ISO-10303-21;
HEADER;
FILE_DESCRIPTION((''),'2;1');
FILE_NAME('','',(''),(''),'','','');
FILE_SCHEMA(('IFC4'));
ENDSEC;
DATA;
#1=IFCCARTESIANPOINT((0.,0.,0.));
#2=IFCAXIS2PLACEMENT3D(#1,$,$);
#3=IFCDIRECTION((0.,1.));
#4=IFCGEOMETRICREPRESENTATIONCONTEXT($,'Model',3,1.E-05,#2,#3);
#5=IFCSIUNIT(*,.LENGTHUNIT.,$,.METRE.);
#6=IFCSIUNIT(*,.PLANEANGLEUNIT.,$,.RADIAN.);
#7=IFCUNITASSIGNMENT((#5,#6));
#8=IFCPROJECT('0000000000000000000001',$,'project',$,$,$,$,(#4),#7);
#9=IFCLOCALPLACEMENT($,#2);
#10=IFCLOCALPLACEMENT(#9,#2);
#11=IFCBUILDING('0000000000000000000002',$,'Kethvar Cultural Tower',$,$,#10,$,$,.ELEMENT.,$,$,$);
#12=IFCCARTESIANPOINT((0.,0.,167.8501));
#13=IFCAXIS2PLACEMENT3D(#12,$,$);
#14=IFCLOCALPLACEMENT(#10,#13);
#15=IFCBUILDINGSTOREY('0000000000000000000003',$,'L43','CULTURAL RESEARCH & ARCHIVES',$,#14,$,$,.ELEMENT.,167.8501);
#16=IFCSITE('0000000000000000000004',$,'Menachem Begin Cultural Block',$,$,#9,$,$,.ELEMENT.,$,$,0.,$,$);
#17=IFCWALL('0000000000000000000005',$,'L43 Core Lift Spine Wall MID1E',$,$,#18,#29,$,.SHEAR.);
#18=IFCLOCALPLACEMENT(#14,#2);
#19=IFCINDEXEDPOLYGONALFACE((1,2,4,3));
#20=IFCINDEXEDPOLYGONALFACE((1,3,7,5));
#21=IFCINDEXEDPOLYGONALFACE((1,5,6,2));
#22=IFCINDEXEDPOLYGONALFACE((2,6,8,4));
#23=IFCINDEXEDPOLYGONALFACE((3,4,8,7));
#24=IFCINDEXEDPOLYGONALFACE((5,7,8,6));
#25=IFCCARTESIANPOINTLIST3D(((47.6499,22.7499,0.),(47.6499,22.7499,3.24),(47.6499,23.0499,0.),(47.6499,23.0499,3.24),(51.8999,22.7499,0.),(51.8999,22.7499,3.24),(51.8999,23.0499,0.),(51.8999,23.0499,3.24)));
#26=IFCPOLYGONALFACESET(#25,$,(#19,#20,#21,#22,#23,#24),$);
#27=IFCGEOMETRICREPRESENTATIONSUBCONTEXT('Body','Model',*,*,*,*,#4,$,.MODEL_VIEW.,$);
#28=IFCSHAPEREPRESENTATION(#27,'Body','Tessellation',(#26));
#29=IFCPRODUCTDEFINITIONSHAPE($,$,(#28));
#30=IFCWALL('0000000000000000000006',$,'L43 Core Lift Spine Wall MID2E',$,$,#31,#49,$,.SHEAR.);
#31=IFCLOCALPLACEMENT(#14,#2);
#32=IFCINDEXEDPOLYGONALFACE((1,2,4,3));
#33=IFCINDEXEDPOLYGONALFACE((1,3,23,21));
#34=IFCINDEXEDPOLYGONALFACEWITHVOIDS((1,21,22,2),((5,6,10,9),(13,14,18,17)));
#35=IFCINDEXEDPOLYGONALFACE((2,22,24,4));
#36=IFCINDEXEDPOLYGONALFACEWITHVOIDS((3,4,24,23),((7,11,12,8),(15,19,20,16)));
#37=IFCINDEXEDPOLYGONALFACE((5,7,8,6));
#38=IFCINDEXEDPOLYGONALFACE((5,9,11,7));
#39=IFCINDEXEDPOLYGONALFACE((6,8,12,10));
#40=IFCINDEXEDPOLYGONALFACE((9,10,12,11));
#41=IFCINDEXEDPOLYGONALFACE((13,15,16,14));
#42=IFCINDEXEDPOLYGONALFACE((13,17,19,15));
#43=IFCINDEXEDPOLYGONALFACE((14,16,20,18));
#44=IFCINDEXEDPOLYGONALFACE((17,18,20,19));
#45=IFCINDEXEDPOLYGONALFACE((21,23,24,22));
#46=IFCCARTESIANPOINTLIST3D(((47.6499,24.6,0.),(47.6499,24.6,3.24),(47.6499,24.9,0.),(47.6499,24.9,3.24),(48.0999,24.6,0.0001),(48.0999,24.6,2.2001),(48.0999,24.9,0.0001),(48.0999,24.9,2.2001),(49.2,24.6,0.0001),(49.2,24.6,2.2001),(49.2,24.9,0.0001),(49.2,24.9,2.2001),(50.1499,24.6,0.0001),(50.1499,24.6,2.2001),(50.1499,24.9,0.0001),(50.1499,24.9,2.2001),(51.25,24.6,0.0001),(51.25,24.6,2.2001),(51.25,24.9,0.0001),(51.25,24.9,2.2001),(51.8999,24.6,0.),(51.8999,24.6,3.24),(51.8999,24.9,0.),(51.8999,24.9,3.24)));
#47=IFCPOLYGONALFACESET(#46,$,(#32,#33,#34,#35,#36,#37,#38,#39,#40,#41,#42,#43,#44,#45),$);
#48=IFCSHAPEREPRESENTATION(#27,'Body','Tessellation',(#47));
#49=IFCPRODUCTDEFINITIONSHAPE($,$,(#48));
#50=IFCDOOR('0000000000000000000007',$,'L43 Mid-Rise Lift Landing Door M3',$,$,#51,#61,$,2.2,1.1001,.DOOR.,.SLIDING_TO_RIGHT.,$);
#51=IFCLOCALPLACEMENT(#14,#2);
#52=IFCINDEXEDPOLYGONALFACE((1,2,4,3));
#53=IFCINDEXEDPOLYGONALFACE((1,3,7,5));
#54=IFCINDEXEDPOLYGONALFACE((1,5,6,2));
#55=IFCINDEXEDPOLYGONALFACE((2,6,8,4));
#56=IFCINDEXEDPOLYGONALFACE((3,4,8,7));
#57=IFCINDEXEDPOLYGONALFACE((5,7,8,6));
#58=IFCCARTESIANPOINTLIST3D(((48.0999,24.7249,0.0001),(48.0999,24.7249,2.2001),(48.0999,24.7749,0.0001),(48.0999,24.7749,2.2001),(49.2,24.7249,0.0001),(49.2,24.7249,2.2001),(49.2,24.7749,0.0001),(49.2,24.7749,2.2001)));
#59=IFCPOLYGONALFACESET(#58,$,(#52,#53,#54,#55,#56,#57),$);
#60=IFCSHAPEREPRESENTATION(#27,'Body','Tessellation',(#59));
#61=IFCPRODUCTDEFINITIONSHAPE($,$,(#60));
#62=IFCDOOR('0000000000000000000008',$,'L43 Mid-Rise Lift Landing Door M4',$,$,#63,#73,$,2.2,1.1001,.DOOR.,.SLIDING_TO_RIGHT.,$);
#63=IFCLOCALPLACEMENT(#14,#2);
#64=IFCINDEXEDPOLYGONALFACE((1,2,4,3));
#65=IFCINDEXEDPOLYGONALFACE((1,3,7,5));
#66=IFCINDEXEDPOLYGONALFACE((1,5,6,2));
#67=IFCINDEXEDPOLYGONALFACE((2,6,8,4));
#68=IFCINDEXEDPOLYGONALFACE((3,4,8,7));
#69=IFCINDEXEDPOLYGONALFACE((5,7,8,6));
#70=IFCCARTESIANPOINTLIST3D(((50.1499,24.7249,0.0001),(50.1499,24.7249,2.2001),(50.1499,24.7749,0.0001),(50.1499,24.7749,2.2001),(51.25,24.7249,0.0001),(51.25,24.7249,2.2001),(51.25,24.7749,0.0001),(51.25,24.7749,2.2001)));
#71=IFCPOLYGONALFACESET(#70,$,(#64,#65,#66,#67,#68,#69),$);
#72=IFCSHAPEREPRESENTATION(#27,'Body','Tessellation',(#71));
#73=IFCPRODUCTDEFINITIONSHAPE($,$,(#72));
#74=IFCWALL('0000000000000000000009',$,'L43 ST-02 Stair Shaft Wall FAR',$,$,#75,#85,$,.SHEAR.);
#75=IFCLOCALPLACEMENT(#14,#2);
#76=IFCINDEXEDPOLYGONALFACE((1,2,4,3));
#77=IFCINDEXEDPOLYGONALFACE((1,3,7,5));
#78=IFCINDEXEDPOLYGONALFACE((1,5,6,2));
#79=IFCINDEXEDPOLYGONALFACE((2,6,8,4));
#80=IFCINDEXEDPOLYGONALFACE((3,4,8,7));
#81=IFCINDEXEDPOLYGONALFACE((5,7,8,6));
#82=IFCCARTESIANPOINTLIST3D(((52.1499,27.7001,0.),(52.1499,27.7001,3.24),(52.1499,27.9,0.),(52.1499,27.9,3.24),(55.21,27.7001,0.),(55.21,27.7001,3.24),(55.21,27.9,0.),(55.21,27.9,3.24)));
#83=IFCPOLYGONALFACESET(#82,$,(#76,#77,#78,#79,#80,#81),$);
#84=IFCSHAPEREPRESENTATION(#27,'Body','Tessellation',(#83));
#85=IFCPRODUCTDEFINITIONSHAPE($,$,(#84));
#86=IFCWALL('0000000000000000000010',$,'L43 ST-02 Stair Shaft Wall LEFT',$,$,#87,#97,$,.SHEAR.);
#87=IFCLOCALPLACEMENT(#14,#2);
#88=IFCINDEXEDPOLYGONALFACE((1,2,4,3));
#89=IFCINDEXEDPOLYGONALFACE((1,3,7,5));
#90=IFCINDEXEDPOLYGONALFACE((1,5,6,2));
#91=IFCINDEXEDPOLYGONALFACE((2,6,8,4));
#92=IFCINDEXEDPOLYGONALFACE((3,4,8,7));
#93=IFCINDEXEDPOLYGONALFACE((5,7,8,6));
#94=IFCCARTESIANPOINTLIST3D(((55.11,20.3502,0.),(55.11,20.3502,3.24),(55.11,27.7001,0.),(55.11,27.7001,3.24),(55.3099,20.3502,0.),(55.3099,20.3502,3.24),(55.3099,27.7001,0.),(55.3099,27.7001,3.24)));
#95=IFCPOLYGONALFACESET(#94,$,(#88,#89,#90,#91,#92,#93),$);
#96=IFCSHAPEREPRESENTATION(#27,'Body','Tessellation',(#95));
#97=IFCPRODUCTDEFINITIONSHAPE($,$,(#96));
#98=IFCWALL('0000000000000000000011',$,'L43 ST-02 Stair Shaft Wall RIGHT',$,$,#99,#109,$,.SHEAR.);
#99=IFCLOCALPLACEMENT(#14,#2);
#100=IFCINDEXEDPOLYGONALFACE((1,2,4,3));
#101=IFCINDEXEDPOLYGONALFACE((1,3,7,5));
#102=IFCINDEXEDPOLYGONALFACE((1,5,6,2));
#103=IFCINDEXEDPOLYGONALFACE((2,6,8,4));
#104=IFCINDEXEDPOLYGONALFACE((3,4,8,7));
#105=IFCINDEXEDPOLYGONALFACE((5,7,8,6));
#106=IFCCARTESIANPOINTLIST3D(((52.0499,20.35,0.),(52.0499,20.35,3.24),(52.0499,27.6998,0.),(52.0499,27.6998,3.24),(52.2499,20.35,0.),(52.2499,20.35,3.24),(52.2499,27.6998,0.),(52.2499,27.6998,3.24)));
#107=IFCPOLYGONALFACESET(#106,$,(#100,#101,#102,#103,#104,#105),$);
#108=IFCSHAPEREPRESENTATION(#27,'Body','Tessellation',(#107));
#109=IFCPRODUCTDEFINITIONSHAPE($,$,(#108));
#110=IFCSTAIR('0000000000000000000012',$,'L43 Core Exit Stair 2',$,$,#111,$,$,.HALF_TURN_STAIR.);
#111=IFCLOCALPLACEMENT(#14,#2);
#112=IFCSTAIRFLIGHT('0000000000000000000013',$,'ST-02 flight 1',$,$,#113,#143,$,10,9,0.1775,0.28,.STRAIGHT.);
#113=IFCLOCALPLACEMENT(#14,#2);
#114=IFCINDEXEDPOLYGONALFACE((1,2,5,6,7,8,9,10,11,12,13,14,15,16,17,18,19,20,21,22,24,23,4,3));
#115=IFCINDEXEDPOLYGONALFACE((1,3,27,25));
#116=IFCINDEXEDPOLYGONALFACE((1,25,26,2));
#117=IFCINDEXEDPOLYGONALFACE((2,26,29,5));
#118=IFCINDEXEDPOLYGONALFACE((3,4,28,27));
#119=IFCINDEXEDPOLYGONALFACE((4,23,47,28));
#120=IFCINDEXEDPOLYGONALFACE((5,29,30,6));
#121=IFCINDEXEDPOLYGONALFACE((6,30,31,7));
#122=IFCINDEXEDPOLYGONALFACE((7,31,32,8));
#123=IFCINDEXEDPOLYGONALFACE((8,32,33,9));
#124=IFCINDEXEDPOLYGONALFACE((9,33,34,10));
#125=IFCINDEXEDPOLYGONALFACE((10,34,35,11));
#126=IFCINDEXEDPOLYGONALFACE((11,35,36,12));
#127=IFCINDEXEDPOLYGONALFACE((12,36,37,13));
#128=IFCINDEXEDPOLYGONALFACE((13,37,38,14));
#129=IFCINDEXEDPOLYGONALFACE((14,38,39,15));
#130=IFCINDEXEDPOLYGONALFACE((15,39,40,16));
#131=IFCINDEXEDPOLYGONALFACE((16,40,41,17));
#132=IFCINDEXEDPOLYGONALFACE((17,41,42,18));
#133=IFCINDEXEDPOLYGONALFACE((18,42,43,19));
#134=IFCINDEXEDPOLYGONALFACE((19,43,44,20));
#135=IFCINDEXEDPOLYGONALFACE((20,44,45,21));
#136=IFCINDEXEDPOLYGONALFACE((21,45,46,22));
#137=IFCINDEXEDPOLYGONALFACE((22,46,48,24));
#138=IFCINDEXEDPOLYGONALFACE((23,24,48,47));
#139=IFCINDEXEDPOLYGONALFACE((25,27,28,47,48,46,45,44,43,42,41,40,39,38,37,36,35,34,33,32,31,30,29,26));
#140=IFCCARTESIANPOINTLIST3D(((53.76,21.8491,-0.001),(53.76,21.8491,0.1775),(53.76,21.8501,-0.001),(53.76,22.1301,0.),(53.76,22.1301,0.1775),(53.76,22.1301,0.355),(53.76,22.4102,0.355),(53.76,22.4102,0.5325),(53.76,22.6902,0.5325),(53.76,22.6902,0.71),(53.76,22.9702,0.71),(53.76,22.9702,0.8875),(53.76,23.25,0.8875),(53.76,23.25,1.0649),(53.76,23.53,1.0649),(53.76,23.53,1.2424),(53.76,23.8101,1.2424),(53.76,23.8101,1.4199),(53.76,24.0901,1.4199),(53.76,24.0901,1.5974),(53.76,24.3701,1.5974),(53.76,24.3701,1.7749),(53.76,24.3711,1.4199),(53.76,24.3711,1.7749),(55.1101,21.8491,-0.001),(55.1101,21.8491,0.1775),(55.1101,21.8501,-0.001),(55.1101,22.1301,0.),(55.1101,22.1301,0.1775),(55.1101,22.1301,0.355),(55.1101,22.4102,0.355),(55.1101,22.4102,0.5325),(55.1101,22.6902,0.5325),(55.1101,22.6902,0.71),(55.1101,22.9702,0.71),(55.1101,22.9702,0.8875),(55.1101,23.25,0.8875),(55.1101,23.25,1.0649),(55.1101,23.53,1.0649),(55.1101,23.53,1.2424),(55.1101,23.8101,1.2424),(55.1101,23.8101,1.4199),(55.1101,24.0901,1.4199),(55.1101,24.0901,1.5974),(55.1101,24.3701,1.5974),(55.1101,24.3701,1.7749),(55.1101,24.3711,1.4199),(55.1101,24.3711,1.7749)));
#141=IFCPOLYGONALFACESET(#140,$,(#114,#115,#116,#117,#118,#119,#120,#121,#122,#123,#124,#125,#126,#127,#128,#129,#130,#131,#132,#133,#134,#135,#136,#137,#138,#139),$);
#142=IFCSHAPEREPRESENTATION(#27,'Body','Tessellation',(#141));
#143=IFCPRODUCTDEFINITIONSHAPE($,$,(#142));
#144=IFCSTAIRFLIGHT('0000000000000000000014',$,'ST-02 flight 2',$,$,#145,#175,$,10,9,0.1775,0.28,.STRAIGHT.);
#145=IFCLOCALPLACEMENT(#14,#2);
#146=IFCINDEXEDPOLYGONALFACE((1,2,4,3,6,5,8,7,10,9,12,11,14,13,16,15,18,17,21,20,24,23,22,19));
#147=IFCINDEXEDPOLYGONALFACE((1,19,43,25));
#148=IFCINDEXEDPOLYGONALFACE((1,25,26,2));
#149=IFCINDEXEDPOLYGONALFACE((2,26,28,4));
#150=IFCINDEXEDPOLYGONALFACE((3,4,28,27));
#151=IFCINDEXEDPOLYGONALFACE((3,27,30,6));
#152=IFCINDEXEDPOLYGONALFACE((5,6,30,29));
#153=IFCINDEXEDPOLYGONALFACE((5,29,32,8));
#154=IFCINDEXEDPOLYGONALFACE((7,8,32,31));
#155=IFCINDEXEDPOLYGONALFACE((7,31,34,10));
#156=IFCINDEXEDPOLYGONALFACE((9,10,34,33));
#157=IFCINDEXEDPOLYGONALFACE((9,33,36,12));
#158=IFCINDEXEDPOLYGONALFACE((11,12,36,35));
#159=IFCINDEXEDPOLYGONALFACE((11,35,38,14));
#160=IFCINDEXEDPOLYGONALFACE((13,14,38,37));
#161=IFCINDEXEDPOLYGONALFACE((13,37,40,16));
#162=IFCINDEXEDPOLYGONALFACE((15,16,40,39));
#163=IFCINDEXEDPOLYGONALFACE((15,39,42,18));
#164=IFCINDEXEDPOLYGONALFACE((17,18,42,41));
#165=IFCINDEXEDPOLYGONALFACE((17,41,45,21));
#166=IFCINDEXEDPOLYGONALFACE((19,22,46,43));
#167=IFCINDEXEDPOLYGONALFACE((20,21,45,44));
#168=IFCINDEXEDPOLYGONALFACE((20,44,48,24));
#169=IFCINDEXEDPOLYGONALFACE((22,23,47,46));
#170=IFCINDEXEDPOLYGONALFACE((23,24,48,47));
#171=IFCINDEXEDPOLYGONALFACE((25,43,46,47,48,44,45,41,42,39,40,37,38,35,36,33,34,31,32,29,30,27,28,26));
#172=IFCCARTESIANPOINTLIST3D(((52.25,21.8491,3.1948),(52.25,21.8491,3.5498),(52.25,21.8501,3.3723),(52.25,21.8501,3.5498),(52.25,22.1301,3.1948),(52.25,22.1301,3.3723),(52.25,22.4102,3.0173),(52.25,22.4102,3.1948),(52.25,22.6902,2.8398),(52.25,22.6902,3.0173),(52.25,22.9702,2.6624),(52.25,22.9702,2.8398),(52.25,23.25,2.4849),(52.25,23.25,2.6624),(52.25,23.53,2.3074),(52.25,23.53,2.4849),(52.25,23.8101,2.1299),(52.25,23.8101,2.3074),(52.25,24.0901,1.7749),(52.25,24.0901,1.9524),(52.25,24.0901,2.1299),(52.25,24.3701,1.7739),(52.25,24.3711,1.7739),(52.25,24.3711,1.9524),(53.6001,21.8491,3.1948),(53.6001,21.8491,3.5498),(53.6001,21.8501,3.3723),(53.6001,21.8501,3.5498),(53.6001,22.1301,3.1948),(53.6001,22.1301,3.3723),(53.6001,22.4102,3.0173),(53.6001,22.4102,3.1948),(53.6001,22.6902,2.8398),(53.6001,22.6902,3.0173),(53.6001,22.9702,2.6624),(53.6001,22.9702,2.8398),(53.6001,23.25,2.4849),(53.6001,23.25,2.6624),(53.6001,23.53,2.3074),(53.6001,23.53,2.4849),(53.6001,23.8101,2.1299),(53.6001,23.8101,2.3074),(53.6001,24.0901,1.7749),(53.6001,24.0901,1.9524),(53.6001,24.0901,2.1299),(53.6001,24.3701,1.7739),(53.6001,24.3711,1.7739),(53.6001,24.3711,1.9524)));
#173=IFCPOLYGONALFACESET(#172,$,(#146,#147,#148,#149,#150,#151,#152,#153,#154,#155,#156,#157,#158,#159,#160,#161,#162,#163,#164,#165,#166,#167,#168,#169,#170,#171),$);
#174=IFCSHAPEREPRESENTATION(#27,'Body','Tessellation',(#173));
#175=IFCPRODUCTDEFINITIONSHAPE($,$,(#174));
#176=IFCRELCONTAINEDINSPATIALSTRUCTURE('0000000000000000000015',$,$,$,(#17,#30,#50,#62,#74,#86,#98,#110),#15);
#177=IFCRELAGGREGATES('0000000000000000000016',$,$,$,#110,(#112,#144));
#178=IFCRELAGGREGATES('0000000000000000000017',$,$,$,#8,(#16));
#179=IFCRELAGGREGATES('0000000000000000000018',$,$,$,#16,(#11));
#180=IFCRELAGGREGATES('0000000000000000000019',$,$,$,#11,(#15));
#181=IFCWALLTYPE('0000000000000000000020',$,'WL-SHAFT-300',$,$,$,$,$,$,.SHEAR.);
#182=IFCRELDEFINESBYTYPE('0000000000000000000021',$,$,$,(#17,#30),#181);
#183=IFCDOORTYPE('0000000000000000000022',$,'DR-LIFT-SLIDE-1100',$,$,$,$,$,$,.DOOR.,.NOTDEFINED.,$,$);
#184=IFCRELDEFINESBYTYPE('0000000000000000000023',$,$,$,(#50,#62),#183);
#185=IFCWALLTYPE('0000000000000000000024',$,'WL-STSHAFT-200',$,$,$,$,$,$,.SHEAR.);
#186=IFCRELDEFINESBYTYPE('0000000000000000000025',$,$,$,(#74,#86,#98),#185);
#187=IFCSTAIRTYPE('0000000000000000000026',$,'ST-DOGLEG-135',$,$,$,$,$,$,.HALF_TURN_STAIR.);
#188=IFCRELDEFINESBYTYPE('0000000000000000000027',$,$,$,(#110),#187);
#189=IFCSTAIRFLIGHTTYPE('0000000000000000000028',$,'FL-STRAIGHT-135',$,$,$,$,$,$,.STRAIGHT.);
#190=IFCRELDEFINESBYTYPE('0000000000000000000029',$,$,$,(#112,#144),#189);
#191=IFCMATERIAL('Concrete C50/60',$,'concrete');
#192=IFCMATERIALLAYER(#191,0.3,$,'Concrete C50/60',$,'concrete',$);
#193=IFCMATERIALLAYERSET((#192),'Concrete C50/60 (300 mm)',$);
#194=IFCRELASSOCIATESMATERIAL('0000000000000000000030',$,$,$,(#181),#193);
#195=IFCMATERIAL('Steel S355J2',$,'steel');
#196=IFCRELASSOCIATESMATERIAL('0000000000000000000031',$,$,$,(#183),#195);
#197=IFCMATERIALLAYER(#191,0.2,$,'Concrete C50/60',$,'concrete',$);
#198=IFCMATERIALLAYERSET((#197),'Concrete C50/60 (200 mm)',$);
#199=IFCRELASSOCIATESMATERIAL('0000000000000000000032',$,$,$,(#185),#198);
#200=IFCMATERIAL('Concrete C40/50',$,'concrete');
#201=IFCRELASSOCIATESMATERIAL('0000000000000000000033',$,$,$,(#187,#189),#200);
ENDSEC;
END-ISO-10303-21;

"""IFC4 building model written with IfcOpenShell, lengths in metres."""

from ifc_helpers import new_model, si_unit, direction, frame, frame_2d, origin, place, context, subcontext, project, spatial, polyline, rectangle, outline, extrude, source, transform, mapped, material, layer, layer_set, type_object, element, fill, aggregate, save


model = new_model("IFC4")

# Units and contexts
model_context = context("Model", 3, precision=1e-05, world=origin(), true_north=direction((0.0, 1.0)))
body_context = subcontext(model_context, "Body", "Model", "MODEL_VIEW")
ifc_project = project(units=[si_unit("LENGTHUNIT", "METRE"), si_unit("PLANEANGLEUNIT", "RADIAN")], contexts=[model_context])

# Site, building, storey
site_placement = place(None, origin())
site = spatial("IfcSite", under=ifc_project, at=site_placement, Name="Menachem Begin Cultural Block", CompositionType="ELEMENT", RefElevation=0.0)
building_placement = place(site_placement, origin())
building = spatial("IfcBuilding", under=site, at=building_placement, Name="Kethvar Cultural Tower", CompositionType="ELEMENT")
storey_placement = place(building_placement, frame((0.0, 0.0, 167.8501)))
storey = spatial("IfcBuildingStorey", under=building, at=storey_placement, Name="L43", Description="CULTURAL RESEARCH & ARCHIVES", CompositionType="ELEMENT", Elevation=167.8501)

# Shared definitions
ifc_material_1 = material(Name="Steel S355J2", Category="steel")

# Wall
ifc_material_2 = material(Name="Concrete C50/60", Category="concrete")
ifc_layer_1 = layer(ifc_material_2, 0.3, Name="Concrete C50/60", Category="concrete")
ifc_layer_set_1 = layer_set([ifc_layer_1], Name="Concrete C50/60 (300 mm)")
wall_type_1 = type_object("IfcWallType", Name="WL-SHAFT-300", PredefinedType="SHEAR", material=ifc_layer_set_1)
wall_1_placement = place(storey_placement, frame((47.6499, 22.8999, 0.0), z_axis=(0.0, 0.0, 1.0), x_axis=(1.0, 0.0, 0.0)))
element("IfcWall", 1, at=wall_1_placement, inside=storey, type_object=wall_type_1, Name="L43 Core Lift Spine Wall MID1E", PredefinedType="SHEAR", context=body_context, shape_type="SweptSolid", body=[
    extrude(rectangle(XDim=4.25, YDim=0.3, at=frame_2d((2.125, 0.0))), origin(), (0.0, 0.0, 1.0), 3.24),
])

# Wall, openings, doors
wall_2_placement = place(storey_placement, frame((47.6499, 24.75, 0.0), z_axis=(0.0, 0.0, 1.0), x_axis=(1.0, 0.0, 0.0)))
wall_2 = element("IfcWall", 2, at=wall_2_placement, inside=storey, type_object=wall_type_1, Name="L43 Core Lift Spine Wall MID2E", PredefinedType="SHEAR", context=body_context, shape_type="SweptSolid", body=[
    extrude(rectangle(XDim=4.25, YDim=0.3, at=frame_2d((2.125, 0.0))), origin(), (0.0, 0.0, 1.0), 3.24),
])
opening_1_placement = place(wall_2_placement, frame((0.45, 0.0, 0.0)))
opening_1 = element("IfcOpeningElement", 3, at=opening_1_placement, cuts=wall_2, PredefinedType="OPENING", context=body_context, shape_type="SweptSolid", body=[
    extrude(rectangle(XDim=1.1001, YDim=2.2, at=frame_2d((0.55, 1.1001))), frame((0.0, 0.1599, 0.0), z_axis=(0.0, -1.0, 0.0), x_axis=(1.0, 0.0, 0.0)), (0.0, 0.0, 1.0), 0.3201),
])
opening_2_placement = place(wall_2_placement, frame((2.5, 0.0, 0.0)))
opening_2 = element("IfcOpeningElement", 4, at=opening_2_placement, cuts=wall_2, PredefinedType="OPENING", context=body_context, shape_type="SweptSolid", body=[
    extrude(rectangle(XDim=1.1001, YDim=2.2, at=frame_2d((0.55, 1.1001))), frame((0.0, 0.1599, 0.0), z_axis=(0.0, -1.0, 0.0), x_axis=(1.0, 0.0, 0.0)), (0.0, 0.0, 1.0), 0.3201),
])
door_type = type_object("IfcDoorType", Name="DR-LIFT-SLIDE-1100", OperationType="NOTDEFINED", PredefinedType="DOOR", material=ifc_material_1)
shared_shape_1 = source(origin(), body_context, "Body", "SweptSolid", [
    extrude(rectangle(XDim=1.1001, YDim=2.2, at=frame_2d((0.55, 1.1001))), frame((0.0, 0.0249, 0.0), z_axis=(0.0, -1.0, 0.0), x_axis=(1.0, 0.0, 0.0)), (0.0, 0.0, 1.0), 0.05),
])
door_1_placement = place(opening_1_placement, origin())
door_1 = element("IfcDoor", 5, at=door_1_placement, inside=storey, type_object=door_type, Name="L43 Mid-Rise Lift Landing Door M3", OperationType="SLIDING_TO_RIGHT", OverallHeight=2.2, OverallWidth=1.1001, PredefinedType="DOOR", context=body_context, shape_type="MappedRepresentation", body=[
    mapped(shared_shape_1, transform((0.0, 0.0, 0.0), scale=1.0)),
])
fill(opening_1, door_1)
door_2_placement = place(opening_2_placement, origin())
door_2 = element("IfcDoor", 6, at=door_2_placement, inside=storey, type_object=door_type, Name="L43 Mid-Rise Lift Landing Door M4", OperationType="SLIDING_TO_RIGHT", OverallHeight=2.2, OverallWidth=1.1001, PredefinedType="DOOR", context=body_context, shape_type="MappedRepresentation", body=[
    mapped(shared_shape_1, transform((0.0, 0.0, 0.0), scale=1.0)),
])
fill(opening_2, door_2)

# Walls
ifc_layer_2 = layer(ifc_material_2, 0.2, Name="Concrete C50/60", Category="concrete")
ifc_layer_set_2 = layer_set([ifc_layer_2], Name="Concrete C50/60 (200 mm)")
wall_type_2 = type_object("IfcWallType", Name="WL-STSHAFT-200", PredefinedType="SHEAR", material=ifc_layer_set_2)
wall_3_placement = place(storey_placement, frame((52.1499, 27.8, 0.0), z_axis=(0.0, 0.0, 1.0), x_axis=(1.0, 0.0, 0.0)))
element("IfcWall", 7, at=wall_3_placement, inside=storey, type_object=wall_type_2, Name="L43 ST-02 Stair Shaft Wall FAR", PredefinedType="SHEAR", context=body_context, shape_type="SweptSolid", body=[
    extrude(rectangle(XDim=3.0601, YDim=0.2, at=frame_2d((1.53, 0.0))), origin(), (0.0, 0.0, 1.0), 3.24),
])
for number, where, z_axis, x_axis, name in (
    (8, (55.21, 27.7, 0.0), (0.0, 0.0, 1.0), (0.0, -1.0, 0.0), "L43 ST-02 Stair Shaft Wall LEFT"),
    (9, (52.1499, 20.3501, 0.0), (0.0, 0.0, 1.0), (0.0, 1.0, 0.0), "L43 ST-02 Stair Shaft Wall RIGHT"),
):
    element("IfcWall", number, at=place(storey_placement, frame(where, z_axis=z_axis, x_axis=x_axis)), inside=storey, type_object=wall_type_2, Name=name, PredefinedType="SHEAR", context=body_context, shape_type="SweptSolid", body=[
        extrude(rectangle(XDim=7.3499, YDim=0.2, at=frame_2d((3.6748, 0.0))), origin(), (0.0, 0.0, 1.0), 3.24),
    ])

# Stair, stair flights
ifc_material_3 = material(Name="Concrete C40/50", Category="concrete")
stair_type = type_object("IfcStairType", Name="ST-DOGLEG-135", PredefinedType="HALF_TURN_STAIR", material=ifc_material_3)
stair_placement = place(storey_placement, origin())
stair = element("IfcStair", 10, at=stair_placement, inside=storey, type_object=stair_type, Name="L43 Core Exit Stair 2", PredefinedType="HALF_TURN_STAIR")
stair_flight_type = type_object("IfcStairFlightType", Name="FL-STRAIGHT-135", PredefinedType="STRAIGHT", material=ifc_material_3)
stair_flight_1_placement = place(storey_placement, frame((54.4351, 21.8501, 0.0), z_axis=(0.0, 0.0, 1.0), x_axis=(0.0, 1.0, 0.0)))
stair_flight_1 = element("IfcStairFlight", 11, at=stair_flight_1_placement, type_object=stair_flight_type, Name="ST-02 flight 1", NumberOfRisers=10, NumberOfTreads=9, PredefinedType="STRAIGHT", RiserHeight=0.1775, TreadLength=0.28, context=body_context, shape_type="SweptSolid", body=[
    extrude(outline(polyline([(-0.001, -0.001), (-0.001, 0.1775), (0.28, 0.1775), (0.28, 0.355), (0.5601, 0.355), (0.5601, 0.5325), (0.8401, 0.5325), (0.8401, 0.71), (1.1201, 0.71), (1.1201, 0.8875), (1.3999, 0.8875), (1.3999, 1.0649), (1.6799, 1.0649), (1.6799, 1.2424), (1.96, 1.2424), (1.96, 1.4199), (2.24, 1.4199), (2.24, 1.5974), (2.52, 1.5974), (2.52, 1.7749), (2.521, 1.7749), (2.521, 1.4199), (0.28, 0.0), (0.0, -0.001), (-0.001, -0.001)])), frame((0.0, 0.675, 0.0), z_axis=(0.0, -1.0, 0.0), x_axis=(1.0, 0.0, 0.0)), (0.0, 0.0, 1.0), 1.3501),
])
stair_flight_2_placement = place(storey_placement, frame((52.925, 24.3701, 1.7749), z_axis=(0.0, 0.0, 1.0), x_axis=(0.0, -1.0, 0.0)))
stair_flight_2 = element("IfcStairFlight", 12, at=stair_flight_2_placement, type_object=stair_flight_type, Name="ST-02 flight 2", NumberOfRisers=10, NumberOfTreads=9, PredefinedType="STRAIGHT", RiserHeight=0.1775, TreadLength=0.28, context=body_context, shape_type="SweptSolid", body=[
    extrude(outline(polyline([(-0.001, -0.001), (-0.001, 0.1775), (0.28, 0.1775), (0.28, 0.355), (0.5601, 0.355), (0.5601, 0.5325), (0.8401, 0.5325), (0.8401, 0.71), (1.1201, 0.71), (1.1201, 0.8875), (1.3999, 0.8875), (1.3999, 1.0649), (1.6799, 1.0649), (1.6799, 1.2424), (1.96, 1.2424), (1.96, 1.4199), (2.24, 1.4199), (2.24, 1.5974), (2.52, 1.5974), (2.52, 1.7749), (2.521, 1.7749), (2.521, 1.4199), (0.28, 0.0), (0.0, -0.001), (-0.001, -0.001)])), frame((0.0, 0.675, 0.0), z_axis=(0.0, -1.0, 0.0), x_axis=(1.0, 0.0, 0.0)), (0.0, 0.0, 1.0), 1.3501),
])
aggregate(stair, [stair_flight_1, stair_flight_2])

save(model, "model.ifc")
